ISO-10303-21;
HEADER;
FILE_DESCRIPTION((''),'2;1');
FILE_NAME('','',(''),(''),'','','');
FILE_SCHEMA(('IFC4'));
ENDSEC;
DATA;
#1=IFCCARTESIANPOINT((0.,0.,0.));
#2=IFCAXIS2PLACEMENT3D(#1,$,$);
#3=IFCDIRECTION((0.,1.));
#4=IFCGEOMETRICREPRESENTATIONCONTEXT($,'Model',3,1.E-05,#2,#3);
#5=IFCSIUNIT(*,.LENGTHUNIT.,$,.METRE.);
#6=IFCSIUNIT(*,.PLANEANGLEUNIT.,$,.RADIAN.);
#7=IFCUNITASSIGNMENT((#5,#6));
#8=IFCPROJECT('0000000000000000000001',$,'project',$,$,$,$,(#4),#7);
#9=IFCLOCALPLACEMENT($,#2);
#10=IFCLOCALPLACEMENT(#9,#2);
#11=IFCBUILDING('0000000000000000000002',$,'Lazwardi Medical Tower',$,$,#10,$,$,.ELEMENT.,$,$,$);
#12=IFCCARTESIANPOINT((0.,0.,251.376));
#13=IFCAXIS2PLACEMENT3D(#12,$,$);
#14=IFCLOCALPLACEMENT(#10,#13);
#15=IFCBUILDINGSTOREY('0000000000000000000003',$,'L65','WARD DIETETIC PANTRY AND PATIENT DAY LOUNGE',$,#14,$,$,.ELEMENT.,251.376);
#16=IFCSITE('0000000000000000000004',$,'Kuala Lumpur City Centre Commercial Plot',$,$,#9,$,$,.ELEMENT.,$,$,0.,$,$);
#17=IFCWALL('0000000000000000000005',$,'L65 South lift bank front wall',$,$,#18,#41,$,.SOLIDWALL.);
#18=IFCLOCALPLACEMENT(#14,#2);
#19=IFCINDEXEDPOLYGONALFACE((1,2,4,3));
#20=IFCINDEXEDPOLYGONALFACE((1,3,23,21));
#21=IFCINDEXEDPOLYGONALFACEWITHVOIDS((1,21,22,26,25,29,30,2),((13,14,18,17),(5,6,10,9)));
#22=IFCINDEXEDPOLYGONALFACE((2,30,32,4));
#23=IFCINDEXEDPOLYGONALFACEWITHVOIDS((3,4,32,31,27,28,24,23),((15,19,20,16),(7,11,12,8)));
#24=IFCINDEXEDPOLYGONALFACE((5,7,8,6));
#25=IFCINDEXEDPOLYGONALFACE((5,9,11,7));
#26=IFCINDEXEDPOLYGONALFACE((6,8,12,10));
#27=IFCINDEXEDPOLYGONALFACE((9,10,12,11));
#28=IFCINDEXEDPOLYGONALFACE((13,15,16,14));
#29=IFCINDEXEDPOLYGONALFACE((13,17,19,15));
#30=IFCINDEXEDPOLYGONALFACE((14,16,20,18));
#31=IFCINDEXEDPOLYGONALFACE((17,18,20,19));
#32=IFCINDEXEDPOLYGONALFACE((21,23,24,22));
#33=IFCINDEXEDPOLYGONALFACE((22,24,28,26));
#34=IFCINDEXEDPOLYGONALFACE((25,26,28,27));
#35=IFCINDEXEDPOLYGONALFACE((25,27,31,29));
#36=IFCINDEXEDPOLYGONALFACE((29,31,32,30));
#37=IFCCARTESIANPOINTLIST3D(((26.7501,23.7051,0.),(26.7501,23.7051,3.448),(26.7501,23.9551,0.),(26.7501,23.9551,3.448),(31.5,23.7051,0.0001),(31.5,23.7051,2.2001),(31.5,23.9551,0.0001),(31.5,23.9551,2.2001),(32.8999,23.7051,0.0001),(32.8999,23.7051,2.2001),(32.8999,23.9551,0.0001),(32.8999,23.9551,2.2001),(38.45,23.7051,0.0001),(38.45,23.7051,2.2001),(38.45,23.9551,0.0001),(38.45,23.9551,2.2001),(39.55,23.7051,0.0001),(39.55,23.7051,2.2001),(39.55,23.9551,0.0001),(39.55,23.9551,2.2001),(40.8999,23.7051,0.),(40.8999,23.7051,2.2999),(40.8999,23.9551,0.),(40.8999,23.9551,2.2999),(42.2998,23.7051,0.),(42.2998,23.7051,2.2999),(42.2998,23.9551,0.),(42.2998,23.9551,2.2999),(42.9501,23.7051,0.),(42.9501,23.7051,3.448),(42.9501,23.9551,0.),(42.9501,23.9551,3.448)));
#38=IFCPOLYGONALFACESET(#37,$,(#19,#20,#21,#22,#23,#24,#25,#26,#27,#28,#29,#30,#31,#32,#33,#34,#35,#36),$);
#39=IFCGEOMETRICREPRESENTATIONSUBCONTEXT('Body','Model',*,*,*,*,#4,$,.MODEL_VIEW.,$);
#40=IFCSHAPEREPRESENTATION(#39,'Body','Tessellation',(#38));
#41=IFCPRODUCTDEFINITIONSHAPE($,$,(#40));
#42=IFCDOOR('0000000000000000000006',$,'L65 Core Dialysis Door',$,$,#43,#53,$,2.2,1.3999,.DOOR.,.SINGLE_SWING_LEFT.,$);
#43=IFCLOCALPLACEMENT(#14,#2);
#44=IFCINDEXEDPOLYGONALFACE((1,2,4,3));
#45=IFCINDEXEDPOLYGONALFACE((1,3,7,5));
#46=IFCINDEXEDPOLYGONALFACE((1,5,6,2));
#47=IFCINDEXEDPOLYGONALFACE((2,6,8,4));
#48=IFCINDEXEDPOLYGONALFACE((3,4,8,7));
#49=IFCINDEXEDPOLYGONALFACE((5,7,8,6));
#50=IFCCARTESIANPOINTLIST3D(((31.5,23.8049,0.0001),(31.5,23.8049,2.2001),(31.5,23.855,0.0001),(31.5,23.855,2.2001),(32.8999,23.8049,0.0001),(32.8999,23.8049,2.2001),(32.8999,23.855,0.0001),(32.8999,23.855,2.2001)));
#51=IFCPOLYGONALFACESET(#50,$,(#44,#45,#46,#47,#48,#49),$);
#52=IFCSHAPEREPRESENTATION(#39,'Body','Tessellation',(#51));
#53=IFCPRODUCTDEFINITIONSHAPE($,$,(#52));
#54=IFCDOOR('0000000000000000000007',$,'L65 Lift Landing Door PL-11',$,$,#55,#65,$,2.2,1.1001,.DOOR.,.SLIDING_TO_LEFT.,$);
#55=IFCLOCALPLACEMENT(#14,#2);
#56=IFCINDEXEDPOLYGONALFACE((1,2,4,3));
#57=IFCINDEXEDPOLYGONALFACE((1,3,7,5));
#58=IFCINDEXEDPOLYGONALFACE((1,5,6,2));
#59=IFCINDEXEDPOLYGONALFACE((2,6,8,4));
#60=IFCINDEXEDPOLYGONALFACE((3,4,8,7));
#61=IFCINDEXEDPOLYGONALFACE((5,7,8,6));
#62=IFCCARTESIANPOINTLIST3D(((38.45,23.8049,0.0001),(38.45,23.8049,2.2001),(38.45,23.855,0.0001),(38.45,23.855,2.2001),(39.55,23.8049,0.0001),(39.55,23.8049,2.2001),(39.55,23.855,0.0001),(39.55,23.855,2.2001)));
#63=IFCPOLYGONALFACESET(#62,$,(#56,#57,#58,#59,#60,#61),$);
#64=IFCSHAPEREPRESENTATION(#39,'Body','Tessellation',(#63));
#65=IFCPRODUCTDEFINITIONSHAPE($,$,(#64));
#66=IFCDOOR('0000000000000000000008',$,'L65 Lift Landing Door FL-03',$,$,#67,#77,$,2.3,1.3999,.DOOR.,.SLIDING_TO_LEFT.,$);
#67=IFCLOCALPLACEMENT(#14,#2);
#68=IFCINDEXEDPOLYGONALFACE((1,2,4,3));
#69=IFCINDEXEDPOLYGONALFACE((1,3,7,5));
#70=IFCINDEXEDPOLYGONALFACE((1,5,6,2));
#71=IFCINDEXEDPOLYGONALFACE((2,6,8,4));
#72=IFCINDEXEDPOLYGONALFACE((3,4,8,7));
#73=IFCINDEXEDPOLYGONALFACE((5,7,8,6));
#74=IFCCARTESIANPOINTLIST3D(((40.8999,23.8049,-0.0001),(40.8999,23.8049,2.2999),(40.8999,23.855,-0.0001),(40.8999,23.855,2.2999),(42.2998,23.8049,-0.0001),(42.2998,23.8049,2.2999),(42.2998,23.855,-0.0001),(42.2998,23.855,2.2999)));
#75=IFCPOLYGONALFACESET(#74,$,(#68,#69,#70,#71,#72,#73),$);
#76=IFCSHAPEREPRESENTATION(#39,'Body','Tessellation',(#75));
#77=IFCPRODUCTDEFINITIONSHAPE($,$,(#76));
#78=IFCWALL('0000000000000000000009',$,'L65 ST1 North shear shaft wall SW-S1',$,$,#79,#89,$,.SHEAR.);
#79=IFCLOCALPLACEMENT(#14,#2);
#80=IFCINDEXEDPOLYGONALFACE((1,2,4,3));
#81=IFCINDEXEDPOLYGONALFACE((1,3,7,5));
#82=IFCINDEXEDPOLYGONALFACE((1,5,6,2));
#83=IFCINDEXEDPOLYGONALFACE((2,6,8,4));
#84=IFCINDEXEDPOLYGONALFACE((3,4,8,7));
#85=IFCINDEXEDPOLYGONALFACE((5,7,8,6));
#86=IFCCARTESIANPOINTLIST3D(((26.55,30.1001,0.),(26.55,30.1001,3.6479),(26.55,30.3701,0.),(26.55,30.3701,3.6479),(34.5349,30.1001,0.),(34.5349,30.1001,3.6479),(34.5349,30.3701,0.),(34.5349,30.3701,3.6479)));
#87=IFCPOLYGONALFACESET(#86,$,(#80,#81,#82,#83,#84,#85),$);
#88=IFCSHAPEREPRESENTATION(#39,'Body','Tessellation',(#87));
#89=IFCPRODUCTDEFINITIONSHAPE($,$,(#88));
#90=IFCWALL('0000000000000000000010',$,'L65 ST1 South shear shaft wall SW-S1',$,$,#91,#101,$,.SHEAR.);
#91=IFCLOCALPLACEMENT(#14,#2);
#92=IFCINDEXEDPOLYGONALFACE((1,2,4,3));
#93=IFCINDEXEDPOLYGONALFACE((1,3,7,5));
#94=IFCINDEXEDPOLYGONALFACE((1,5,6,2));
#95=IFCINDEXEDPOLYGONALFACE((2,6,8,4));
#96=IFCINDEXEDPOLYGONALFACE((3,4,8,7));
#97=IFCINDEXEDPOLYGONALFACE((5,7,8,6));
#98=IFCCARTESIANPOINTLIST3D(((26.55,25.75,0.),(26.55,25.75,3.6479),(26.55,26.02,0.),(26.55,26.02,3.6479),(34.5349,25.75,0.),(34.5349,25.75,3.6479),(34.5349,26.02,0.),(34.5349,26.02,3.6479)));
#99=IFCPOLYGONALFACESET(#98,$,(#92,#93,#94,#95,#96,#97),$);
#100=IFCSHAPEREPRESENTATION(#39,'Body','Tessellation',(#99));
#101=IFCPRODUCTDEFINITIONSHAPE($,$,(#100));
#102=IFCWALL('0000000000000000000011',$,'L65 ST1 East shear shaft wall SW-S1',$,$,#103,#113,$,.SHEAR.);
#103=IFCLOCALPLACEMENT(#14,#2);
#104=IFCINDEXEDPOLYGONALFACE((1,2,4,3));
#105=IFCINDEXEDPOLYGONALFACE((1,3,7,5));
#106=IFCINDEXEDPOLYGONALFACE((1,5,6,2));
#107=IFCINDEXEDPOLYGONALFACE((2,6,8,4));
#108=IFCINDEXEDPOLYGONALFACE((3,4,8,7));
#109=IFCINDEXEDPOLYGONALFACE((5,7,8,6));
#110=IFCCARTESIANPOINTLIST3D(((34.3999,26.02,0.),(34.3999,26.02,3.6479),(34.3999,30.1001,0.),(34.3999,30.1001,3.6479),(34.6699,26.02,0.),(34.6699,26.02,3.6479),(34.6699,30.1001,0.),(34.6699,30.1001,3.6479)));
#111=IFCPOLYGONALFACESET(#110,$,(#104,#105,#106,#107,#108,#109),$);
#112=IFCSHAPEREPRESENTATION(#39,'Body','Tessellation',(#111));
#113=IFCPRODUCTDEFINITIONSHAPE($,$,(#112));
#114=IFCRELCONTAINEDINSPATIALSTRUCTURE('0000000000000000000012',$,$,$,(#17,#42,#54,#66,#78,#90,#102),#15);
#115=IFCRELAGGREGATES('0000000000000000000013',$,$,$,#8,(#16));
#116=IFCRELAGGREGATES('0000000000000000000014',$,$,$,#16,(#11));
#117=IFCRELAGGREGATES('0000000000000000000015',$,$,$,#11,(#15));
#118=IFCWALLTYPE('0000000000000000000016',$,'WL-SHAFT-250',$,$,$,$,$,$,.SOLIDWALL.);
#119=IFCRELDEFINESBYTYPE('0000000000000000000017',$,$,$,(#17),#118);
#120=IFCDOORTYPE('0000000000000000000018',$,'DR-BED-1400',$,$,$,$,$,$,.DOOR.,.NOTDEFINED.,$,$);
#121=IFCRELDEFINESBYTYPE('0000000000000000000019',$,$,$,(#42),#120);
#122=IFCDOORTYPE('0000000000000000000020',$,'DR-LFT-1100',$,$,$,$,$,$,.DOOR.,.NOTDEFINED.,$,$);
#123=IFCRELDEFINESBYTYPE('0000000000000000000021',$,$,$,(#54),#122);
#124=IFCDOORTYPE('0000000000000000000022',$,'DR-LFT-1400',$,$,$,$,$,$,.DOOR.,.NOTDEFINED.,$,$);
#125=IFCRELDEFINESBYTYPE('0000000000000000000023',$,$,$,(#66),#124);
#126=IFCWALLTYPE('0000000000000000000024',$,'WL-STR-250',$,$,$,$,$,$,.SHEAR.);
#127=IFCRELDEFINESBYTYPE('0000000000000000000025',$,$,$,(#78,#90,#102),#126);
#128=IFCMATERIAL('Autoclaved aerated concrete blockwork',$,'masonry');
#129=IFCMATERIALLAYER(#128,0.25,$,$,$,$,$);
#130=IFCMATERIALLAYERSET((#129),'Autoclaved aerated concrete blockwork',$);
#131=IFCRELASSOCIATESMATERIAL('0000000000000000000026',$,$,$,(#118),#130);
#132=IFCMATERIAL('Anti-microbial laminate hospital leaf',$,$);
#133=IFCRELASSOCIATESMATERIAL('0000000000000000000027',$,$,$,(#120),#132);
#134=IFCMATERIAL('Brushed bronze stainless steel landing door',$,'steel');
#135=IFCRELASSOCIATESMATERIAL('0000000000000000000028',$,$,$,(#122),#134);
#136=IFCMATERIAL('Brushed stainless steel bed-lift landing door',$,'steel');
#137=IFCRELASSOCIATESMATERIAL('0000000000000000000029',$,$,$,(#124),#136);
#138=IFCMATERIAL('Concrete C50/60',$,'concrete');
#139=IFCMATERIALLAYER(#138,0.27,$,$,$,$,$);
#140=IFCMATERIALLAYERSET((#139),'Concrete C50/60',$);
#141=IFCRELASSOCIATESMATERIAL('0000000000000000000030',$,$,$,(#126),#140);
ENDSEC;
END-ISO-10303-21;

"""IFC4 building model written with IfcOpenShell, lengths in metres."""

from ifc_helpers import new_model, si_unit, direction, frame, frame_2d, origin, place, context, subcontext, project, spatial, rectangle, extrude, material, layer, layer_set, type_object, element, fill, save


model = new_model("IFC4")

# Units and contexts
model_context = context("Model", 3, precision=1e-05, world=origin(), true_north=direction((0.0, 1.0)))
body_context = subcontext(model_context, "Body", "Model", "MODEL_VIEW")
ifc_project = project(units=[si_unit("LENGTHUNIT", "METRE"), si_unit("PLANEANGLEUNIT", "RADIAN")], contexts=[model_context])

# Site, building, storey
site_placement = place(None, origin())
site = spatial("IfcSite", under=ifc_project, at=site_placement, Name="Kuala Lumpur City Centre Commercial Plot", CompositionType="ELEMENT", RefElevation=0.0)
building_placement = place(site_placement, origin())
building = spatial("IfcBuilding", under=site, at=building_placement, Name="Lazwardi Medical Tower", CompositionType="ELEMENT")
storey_placement = place(building_placement, frame((0.0, 0.0, 251.376)))
storey = spatial("IfcBuildingStorey", under=building, at=storey_placement, Name="L65", Description="WARD DIETETIC PANTRY AND PATIENT DAY LOUNGE", CompositionType="ELEMENT", Elevation=251.376)

# Wall, openings, doors
ifc_material_1 = material(Name="Autoclaved aerated concrete blockwork", Category="masonry")
ifc_layer_1 = layer(ifc_material_1, 0.25)
ifc_layer_set_1 = layer_set([ifc_layer_1], Name="Autoclaved aerated concrete blockwork")
wall_type_1 = type_object("IfcWallType", Name="WL-SHAFT-250", PredefinedType="SOLIDWALL", material=ifc_layer_set_1)
wall_1_placement = place(storey_placement, frame((26.75, 23.8301, 0.0), z_axis=(0.0, 0.0, 1.0), x_axis=(1.0, 0.0, 0.0)))
wall_1 = element("IfcWall", 1, at=wall_1_placement, inside=storey, type_object=wall_type_1, Name="L65 South lift bank front wall", PredefinedType="SOLIDWALL", context=body_context, shape_type="SweptSolid", body=[
    extrude(rectangle(XDim=16.2, YDim=0.25, at=frame_2d((8.1001, 0.0))), origin(), (0.0, 0.0, 1.0), 3.448),
])
opening_1_placement = place(wall_1_placement, frame((4.75, 0.0, 0.0)))
opening_1 = element("IfcOpeningElement", 2, at=opening_1_placement, cuts=wall_1, PredefinedType="OPENING", context=body_context, shape_type="SweptSolid", body=[
    extrude(rectangle(XDim=1.3999, YDim=2.2, at=frame_2d((0.7, 1.1001))), frame((0.0, 0.135, 0.0), z_axis=(0.0, -1.0, 0.0), x_axis=(1.0, 0.0, 0.0)), (0.0, 0.0, 1.0), 0.27),
])
opening_2_placement = place(wall_1_placement, frame((11.7, 0.0, 0.0)))
opening_2 = element("IfcOpeningElement", 3, at=opening_2_placement, cuts=wall_1, PredefinedType="OPENING", context=body_context, shape_type="SweptSolid", body=[
    extrude(rectangle(XDim=1.1001, YDim=2.2, at=frame_2d((0.55, 1.1001))), frame((0.0, 0.135, 0.0), z_axis=(0.0, -1.0, 0.0), x_axis=(1.0, 0.0, 0.0)), (0.0, 0.0, 1.0), 0.27),
])
opening_3_placement = place(wall_1_placement, frame((14.1499, 0.0, 0.0)))
opening_3 = element("IfcOpeningElement", 4, at=opening_3_placement, cuts=wall_1, PredefinedType="OPENING", context=body_context, shape_type="SweptSolid", body=[
    extrude(rectangle(XDim=1.3999, YDim=2.3, at=frame_2d((0.7, 1.1499))), frame((0.0, 0.135, 0.0), z_axis=(0.0, -1.0, 0.0), x_axis=(1.0, 0.0, 0.0)), (0.0, 0.0, 1.0), 0.27),
])
ifc_material_2 = material(Name="Anti-microbial laminate hospital leaf")
door_type_1 = type_object("IfcDoorType", Name="DR-BED-1400", OperationType="NOTDEFINED", PredefinedType="DOOR", material=ifc_material_2)
door_1_placement = place(opening_1_placement, origin())
door_1 = element("IfcDoor", 5, at=door_1_placement, inside=storey, type_object=door_type_1, Name="L65 Core Dialysis Door", OperationType="SINGLE_SWING_LEFT", OverallHeight=2.2, OverallWidth=1.3999, PredefinedType="DOOR", context=body_context, shape_type="SweptSolid", body=[
    extrude(rectangle(XDim=1.3999, YDim=2.2, at=frame_2d((0.7, 1.1001))), frame((0.0, 0.0249, 0.0), z_axis=(0.0, -1.0, 0.0), x_axis=(1.0, 0.0, 0.0)), (0.0, 0.0, 1.0), 0.05),
])
fill(opening_1, door_1)
ifc_material_3 = material(Name="Brushed bronze stainless steel landing door", Category="steel")
door_type_2 = type_object("IfcDoorType", Name="DR-LFT-1100", OperationType="NOTDEFINED", PredefinedType="DOOR", material=ifc_material_3)
door_2_placement = place(opening_2_placement, origin())
door_2 = element("IfcDoor", 6, at=door_2_placement, inside=storey, type_object=door_type_2, Name="L65 Lift Landing Door PL-11", OperationType="SLIDING_TO_LEFT", OverallHeight=2.2, OverallWidth=1.1001, PredefinedType="DOOR", context=body_context, shape_type="SweptSolid", body=[
    extrude(rectangle(XDim=1.1001, YDim=2.2, at=frame_2d((0.55, 1.1001))), frame((0.0, 0.0249, 0.0), z_axis=(0.0, -1.0, 0.0), x_axis=(1.0, 0.0, 0.0)), (0.0, 0.0, 1.0), 0.05),
])
fill(opening_2, door_2)
ifc_material_4 = material(Name="Brushed stainless steel bed-lift landing door", Category="steel")
door_type_3 = type_object("IfcDoorType", Name="DR-LFT-1400", OperationType="NOTDEFINED", PredefinedType="DOOR", material=ifc_material_4)
door_3_placement = place(opening_3_placement, origin())
door_3 = element("IfcDoor", 7, at=door_3_placement, inside=storey, type_object=door_type_3, Name="L65 Lift Landing Door FL-03", OperationType="SLIDING_TO_LEFT", OverallHeight=2.3, OverallWidth=1.3999, PredefinedType="DOOR", context=body_context, shape_type="SweptSolid", body=[
    extrude(rectangle(XDim=1.3999, YDim=2.3, at=frame_2d((0.7, 1.1499))), frame((0.0, 0.0249, 0.0), z_axis=(0.0, -1.0, 0.0), x_axis=(1.0, 0.0, 0.0)), (0.0, 0.0, 1.0), 0.05),
])
fill(opening_3, door_3)

# Wall
ifc_material_5 = material(Name="Concrete C50/60", Category="concrete")
ifc_layer_2 = layer(ifc_material_5, 0.27)
ifc_layer_set_2 = layer_set([ifc_layer_2], Name="Concrete C50/60")
wall_type_2 = type_object("IfcWallType", Name="WL-STR-250", PredefinedType="SHEAR", material=ifc_layer_set_2)
wall_2_placement = place(storey_placement, frame((26.55, 30.2351, 0.0), z_axis=(0.0, 0.0, 1.0), x_axis=(1.0, 0.0, 0.0)))
element("IfcWall", 8, at=wall_2_placement, inside=storey, type_object=wall_type_2, Name="L65 ST1 North shear shaft wall SW-S1", PredefinedType="SHEAR", context=body_context, shape_type="SweptSolid", body=[
    extrude(rectangle(XDim=7.9849, YDim=0.27, at=frame_2d((3.9924, 0.0))), origin(), (0.0, 0.0, 1.0), 3.6479),
])

# Wall
wall_3_placement = place(storey_placement, frame((26.55, 25.885, 0.0), z_axis=(0.0, 0.0, 1.0), x_axis=(1.0, 0.0, 0.0)))
element("IfcWall", 9, at=wall_3_placement, inside=storey, type_object=wall_type_2, Name="L65 ST1 South shear shaft wall SW-S1", PredefinedType="SHEAR", context=body_context, shape_type="SweptSolid", body=[
    extrude(rectangle(XDim=7.9849, YDim=0.27, at=frame_2d((3.9924, 0.0))), origin(), (0.0, 0.0, 1.0), 3.6479),
])

# Wall
wall_4_placement = place(storey_placement, frame((34.5349, 26.02, 0.0), z_axis=(0.0, 0.0, 1.0), x_axis=(0.0, 1.0, 0.0)))
element("IfcWall", 10, at=wall_4_placement, inside=storey, type_object=wall_type_2, Name="L65 ST1 East shear shaft wall SW-S1", PredefinedType="SHEAR", context=body_context, shape_type="SweptSolid", body=[
    extrude(rectangle(XDim=4.0801, YDim=0.27, at=frame_2d((2.04, 0.0))), origin(), (0.0, 0.0, 1.0), 3.6479),
])

save(model, "model.ifc")
